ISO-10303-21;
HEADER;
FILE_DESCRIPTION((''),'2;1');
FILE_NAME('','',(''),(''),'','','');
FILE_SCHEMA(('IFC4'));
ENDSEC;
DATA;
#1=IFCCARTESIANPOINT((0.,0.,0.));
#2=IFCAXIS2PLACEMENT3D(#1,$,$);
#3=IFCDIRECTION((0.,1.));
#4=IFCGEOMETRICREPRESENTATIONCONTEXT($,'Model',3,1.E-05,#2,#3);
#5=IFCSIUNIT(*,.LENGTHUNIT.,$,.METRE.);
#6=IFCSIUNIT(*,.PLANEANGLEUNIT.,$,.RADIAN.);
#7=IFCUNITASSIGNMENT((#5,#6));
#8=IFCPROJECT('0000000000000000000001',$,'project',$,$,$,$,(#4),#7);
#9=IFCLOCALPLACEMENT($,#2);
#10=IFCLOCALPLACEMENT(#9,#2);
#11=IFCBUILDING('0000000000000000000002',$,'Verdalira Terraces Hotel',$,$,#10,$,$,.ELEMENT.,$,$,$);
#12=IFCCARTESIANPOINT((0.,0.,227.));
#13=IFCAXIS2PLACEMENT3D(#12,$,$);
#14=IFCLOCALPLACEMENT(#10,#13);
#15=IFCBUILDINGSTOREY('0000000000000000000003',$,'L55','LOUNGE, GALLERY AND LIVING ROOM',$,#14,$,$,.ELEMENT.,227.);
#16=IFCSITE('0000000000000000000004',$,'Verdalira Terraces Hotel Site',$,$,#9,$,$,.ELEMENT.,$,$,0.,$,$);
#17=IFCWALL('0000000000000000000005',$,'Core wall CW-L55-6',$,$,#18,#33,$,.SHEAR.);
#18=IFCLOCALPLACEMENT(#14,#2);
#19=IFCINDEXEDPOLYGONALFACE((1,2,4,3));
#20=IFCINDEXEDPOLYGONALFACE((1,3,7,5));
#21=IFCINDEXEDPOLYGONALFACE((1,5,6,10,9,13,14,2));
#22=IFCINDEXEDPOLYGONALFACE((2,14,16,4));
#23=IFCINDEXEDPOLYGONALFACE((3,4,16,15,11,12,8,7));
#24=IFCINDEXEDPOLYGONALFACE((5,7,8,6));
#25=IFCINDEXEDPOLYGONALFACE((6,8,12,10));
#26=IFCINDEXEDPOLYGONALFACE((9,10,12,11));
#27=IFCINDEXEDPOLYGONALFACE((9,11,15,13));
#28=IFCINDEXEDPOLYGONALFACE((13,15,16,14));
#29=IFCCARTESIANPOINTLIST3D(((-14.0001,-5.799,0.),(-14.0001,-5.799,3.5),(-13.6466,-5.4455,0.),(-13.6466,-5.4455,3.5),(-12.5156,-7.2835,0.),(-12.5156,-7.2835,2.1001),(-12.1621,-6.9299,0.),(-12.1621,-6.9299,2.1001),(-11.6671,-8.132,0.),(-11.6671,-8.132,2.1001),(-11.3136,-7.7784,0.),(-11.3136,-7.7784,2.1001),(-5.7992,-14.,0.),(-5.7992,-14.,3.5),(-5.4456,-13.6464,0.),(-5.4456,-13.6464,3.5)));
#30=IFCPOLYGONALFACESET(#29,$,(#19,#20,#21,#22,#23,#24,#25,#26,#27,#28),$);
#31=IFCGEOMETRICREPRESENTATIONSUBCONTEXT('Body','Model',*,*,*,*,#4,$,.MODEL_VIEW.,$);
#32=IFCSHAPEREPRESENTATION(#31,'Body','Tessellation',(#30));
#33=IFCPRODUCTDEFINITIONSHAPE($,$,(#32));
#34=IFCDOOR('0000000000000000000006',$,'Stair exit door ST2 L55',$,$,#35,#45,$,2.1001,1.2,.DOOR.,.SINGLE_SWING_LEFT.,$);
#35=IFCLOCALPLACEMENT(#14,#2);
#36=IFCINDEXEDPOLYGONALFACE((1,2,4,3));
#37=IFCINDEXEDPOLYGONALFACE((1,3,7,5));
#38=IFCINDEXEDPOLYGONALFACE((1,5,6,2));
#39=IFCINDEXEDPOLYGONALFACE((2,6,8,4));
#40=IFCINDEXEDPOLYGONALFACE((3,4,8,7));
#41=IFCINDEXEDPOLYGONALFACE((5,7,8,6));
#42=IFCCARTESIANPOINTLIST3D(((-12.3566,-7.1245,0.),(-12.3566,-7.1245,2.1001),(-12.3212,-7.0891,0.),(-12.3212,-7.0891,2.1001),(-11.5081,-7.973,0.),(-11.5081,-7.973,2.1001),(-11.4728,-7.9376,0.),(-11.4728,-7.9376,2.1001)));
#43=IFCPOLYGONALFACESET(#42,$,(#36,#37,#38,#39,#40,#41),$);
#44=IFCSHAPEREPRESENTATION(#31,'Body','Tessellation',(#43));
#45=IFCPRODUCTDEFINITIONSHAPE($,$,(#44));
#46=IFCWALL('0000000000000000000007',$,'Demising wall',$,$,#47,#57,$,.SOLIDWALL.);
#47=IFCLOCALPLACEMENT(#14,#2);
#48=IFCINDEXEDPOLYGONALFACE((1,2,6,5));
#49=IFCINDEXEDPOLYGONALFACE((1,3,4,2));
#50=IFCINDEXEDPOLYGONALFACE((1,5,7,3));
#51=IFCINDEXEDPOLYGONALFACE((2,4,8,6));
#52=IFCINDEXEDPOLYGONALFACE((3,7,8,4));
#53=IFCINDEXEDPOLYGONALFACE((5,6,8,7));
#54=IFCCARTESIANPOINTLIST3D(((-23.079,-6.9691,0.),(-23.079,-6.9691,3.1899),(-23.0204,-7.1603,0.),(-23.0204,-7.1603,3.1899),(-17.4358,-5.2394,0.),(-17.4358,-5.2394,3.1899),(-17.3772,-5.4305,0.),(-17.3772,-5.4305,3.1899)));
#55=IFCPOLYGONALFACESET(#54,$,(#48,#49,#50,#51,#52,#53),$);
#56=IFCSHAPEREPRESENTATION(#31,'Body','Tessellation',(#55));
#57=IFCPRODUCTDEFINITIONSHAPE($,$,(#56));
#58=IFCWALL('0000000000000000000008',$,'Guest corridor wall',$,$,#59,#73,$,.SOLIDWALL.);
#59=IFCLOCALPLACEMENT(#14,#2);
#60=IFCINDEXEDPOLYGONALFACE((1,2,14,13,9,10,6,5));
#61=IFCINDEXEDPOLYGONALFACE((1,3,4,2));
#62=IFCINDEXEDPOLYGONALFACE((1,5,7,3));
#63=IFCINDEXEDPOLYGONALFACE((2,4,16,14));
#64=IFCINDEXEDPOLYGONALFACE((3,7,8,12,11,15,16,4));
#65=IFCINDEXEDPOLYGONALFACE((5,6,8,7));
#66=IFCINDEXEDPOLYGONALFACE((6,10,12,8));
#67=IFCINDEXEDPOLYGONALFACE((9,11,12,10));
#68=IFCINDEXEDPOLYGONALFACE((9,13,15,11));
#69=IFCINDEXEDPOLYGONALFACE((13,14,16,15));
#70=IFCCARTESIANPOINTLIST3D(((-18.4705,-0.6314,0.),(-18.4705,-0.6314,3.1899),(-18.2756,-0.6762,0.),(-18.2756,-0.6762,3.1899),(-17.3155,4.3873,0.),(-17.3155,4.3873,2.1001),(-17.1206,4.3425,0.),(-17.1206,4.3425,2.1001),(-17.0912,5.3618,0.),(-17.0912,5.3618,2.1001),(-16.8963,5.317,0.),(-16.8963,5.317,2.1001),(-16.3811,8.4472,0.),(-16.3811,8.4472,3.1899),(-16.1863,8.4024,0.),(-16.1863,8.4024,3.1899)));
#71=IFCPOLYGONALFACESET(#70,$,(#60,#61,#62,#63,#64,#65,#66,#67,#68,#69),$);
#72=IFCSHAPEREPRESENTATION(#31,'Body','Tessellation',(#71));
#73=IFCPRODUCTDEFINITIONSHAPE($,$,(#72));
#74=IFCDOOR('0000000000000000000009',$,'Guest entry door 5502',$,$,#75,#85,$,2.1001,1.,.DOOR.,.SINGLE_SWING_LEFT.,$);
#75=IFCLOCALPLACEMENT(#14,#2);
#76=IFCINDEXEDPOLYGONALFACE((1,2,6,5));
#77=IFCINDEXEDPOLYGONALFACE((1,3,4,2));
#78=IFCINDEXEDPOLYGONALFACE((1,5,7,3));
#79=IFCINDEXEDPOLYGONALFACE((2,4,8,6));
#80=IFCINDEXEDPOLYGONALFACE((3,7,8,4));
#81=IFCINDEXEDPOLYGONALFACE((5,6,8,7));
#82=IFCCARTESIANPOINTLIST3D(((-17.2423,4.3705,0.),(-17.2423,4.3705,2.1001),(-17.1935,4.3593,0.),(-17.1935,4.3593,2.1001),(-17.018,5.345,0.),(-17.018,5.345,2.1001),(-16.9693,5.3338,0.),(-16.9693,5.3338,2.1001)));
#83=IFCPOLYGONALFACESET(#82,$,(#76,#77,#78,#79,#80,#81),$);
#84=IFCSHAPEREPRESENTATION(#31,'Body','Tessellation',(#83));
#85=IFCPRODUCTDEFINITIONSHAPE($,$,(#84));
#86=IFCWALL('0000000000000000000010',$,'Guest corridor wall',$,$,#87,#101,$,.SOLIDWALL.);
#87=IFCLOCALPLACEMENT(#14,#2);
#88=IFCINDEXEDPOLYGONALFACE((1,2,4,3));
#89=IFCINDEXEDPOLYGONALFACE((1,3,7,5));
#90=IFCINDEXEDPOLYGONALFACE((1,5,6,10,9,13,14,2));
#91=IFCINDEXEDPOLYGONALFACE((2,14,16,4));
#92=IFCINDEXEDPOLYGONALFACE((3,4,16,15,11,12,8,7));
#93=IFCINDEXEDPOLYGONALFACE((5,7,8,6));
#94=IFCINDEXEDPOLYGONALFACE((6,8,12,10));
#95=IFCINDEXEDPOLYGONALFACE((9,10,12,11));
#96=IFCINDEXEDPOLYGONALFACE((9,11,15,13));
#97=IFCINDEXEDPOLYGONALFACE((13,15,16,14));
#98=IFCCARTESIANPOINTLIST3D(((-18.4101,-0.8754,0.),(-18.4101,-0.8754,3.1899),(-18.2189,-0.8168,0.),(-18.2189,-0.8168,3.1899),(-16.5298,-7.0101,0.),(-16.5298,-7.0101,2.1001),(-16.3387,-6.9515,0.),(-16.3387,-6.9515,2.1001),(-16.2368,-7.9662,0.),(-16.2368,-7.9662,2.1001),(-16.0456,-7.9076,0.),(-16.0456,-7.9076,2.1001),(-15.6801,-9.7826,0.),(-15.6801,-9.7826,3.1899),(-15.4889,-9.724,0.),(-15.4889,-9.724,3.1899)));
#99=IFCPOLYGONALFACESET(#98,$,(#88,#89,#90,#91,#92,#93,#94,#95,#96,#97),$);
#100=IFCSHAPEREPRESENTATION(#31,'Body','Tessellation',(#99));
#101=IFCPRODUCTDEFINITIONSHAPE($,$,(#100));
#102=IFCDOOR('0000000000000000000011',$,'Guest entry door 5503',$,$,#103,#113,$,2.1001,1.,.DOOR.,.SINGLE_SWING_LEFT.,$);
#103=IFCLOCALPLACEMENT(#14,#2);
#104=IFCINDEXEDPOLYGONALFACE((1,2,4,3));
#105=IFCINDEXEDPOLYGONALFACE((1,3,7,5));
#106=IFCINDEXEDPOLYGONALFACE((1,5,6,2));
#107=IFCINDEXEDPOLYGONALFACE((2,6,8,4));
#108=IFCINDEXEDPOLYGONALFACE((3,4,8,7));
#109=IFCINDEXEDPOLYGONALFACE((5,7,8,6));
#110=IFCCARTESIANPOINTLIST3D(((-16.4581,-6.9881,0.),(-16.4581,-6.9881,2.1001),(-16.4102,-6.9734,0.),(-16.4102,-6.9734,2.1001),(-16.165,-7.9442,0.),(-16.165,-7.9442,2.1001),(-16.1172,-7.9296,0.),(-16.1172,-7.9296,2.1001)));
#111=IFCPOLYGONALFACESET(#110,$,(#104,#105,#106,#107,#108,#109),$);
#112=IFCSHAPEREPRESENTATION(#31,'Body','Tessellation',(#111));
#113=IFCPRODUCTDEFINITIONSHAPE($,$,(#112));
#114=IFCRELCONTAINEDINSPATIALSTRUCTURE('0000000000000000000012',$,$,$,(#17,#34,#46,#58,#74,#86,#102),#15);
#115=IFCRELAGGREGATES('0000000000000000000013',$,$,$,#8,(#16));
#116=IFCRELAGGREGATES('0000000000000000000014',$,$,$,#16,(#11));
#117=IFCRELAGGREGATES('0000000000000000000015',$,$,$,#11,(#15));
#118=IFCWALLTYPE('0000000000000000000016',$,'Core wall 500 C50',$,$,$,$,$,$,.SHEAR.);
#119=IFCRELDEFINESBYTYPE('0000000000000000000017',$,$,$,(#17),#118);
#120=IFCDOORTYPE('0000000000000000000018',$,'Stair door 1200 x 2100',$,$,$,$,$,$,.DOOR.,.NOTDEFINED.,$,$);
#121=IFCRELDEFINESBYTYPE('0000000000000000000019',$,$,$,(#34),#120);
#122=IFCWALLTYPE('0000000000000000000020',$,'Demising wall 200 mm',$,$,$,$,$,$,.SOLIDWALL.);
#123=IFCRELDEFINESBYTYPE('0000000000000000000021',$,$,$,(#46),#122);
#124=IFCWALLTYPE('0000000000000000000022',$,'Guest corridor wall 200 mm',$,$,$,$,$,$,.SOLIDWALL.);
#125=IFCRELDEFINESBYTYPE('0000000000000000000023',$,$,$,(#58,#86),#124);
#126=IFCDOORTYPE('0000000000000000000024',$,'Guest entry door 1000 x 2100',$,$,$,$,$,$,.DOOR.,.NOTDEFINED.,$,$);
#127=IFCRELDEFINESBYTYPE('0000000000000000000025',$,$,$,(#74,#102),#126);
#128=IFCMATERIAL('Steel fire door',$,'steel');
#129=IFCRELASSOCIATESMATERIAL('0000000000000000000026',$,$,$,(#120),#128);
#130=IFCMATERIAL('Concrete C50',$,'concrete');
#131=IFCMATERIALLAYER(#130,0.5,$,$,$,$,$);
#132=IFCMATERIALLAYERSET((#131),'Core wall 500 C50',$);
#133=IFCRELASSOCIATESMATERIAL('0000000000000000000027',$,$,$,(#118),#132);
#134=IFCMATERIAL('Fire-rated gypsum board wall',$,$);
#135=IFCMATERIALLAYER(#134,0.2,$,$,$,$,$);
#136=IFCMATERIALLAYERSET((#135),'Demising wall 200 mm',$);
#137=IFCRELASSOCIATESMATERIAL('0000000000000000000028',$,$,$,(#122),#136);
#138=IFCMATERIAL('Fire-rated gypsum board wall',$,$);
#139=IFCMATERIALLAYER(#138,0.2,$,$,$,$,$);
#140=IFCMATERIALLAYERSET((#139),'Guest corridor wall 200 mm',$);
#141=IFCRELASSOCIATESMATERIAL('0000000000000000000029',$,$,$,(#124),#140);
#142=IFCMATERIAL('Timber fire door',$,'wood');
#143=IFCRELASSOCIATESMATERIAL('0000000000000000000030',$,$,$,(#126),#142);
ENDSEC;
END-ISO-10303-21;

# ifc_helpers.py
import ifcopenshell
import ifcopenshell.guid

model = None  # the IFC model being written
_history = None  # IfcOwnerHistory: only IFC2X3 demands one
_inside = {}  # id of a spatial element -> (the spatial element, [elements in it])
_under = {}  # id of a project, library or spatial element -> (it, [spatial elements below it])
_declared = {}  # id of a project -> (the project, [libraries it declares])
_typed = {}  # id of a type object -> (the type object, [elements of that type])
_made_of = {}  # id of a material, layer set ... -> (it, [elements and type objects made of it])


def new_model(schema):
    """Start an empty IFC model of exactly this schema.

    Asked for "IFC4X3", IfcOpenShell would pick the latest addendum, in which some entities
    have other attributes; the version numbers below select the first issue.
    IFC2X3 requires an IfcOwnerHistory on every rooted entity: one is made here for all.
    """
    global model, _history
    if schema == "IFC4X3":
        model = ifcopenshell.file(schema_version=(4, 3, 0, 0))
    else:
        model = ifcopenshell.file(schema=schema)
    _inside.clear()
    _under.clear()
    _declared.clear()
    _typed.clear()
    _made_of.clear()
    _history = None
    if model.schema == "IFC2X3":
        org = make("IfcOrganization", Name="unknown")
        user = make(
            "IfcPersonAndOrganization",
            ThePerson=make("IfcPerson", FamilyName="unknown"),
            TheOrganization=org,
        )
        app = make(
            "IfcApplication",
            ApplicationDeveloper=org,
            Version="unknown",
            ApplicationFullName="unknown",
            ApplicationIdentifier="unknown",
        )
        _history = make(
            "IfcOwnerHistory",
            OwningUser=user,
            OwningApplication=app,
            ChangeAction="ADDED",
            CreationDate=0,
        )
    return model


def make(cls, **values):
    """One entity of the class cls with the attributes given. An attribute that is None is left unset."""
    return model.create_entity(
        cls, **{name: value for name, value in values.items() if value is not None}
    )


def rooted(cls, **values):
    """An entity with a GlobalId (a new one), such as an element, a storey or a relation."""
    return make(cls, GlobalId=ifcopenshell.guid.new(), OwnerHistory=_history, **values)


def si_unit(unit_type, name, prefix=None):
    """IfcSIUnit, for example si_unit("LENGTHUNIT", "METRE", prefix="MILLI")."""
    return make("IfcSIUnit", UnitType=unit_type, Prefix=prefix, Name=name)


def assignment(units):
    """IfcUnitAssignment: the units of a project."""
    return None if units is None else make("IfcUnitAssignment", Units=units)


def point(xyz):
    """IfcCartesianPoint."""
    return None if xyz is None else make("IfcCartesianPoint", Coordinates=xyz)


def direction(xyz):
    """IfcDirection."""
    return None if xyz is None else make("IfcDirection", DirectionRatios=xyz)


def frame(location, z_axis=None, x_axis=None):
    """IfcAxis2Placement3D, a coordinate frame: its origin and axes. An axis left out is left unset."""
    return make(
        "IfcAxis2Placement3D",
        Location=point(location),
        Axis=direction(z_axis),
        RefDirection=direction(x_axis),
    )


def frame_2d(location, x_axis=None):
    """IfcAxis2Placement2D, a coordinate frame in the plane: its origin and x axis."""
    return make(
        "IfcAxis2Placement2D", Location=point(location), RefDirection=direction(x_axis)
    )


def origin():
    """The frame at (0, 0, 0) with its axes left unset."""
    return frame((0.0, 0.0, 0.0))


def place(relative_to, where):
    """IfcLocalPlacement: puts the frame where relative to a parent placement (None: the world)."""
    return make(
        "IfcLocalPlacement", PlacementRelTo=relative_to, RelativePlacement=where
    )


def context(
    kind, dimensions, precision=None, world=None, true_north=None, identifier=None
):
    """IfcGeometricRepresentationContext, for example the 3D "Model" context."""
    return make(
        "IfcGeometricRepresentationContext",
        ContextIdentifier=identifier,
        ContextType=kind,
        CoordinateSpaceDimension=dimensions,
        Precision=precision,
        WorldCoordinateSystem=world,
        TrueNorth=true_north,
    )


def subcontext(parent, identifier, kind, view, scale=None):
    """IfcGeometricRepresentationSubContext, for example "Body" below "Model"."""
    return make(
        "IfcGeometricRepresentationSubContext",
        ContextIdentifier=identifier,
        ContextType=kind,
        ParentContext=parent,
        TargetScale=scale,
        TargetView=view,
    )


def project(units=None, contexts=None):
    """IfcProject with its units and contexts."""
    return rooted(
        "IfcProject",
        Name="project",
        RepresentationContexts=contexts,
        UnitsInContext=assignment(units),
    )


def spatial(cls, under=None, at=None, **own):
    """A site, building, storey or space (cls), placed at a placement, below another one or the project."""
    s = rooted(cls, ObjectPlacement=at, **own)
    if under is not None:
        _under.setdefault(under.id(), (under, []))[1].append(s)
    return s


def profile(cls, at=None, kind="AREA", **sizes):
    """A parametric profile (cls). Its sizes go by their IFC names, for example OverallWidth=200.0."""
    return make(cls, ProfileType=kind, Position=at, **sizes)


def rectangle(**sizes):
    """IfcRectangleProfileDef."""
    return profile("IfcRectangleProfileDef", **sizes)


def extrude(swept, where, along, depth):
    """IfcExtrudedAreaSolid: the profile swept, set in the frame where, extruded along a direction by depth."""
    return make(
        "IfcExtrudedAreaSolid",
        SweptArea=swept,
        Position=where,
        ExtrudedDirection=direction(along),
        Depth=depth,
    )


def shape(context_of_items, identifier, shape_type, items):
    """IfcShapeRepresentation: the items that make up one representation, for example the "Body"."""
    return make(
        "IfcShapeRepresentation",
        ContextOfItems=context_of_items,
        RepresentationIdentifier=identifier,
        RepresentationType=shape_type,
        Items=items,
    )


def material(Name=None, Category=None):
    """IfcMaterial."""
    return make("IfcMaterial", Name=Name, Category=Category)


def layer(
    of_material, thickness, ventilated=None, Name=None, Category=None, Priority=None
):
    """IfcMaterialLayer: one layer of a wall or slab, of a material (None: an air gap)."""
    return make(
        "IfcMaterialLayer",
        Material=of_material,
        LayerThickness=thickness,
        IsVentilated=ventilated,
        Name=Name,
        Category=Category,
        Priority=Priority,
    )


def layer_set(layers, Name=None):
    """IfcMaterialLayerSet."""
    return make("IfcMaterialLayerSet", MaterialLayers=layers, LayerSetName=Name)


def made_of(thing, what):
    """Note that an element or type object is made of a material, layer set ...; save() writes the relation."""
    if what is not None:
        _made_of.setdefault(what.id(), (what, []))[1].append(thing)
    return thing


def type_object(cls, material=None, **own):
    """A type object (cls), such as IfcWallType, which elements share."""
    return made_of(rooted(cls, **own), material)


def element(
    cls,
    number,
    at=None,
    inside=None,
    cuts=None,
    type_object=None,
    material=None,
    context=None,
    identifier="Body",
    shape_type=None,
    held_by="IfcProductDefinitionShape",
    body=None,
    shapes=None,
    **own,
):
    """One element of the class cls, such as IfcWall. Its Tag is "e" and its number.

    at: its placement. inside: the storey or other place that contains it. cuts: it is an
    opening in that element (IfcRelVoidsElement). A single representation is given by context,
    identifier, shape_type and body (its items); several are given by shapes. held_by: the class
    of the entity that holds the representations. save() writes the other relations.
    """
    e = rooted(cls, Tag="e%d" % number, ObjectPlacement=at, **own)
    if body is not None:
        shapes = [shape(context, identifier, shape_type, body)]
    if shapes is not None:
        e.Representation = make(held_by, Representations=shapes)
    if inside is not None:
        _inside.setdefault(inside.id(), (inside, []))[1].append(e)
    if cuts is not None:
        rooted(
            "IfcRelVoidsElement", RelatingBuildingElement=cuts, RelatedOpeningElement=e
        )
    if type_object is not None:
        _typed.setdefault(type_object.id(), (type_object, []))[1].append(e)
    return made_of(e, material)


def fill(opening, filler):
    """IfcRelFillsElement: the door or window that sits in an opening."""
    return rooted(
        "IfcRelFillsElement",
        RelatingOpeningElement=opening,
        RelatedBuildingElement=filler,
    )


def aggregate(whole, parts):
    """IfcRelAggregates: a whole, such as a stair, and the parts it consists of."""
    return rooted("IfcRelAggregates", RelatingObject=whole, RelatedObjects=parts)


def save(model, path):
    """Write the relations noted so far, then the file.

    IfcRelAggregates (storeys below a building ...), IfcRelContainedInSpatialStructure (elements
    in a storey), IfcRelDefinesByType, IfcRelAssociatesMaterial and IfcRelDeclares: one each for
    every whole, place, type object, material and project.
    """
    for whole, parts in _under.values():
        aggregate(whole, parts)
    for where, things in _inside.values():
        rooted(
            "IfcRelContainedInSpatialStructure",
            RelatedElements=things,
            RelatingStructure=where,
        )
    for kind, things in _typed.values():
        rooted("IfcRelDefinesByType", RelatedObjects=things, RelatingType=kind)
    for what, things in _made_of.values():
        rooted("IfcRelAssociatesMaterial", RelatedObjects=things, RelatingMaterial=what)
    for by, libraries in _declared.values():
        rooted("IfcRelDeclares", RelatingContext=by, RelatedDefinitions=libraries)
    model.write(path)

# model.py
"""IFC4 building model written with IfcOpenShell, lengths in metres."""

from ifc_helpers import new_model, si_unit, direction, frame, frame_2d, origin, place, context, subcontext, project, spatial, rectangle, extrude, material, layer, layer_set, type_object, element, fill, save


model = new_model("IFC4")

# Units and contexts
model_context = context("Model", 3, precision=1e-05, world=origin(), true_north=direction((0.0, 1.0)))
body_context = subcontext(model_context, "Body", "Model", "MODEL_VIEW")
ifc_project = project(units=[si_unit("LENGTHUNIT", "METRE"), si_unit("PLANEANGLEUNIT", "RADIAN")], contexts=[model_context])

# Site, building, storey
site_placement = place(None, origin())
site = spatial("IfcSite", under=ifc_project, at=site_placement, Name="Verdalira Terraces Hotel Site", CompositionType="ELEMENT", RefElevation=0.0)
building_placement = place(site_placement, origin())
building = spatial("IfcBuilding", under=site, at=building_placement, Name="Verdalira Terraces Hotel", CompositionType="ELEMENT")
storey_placement = place(building_placement, frame((0.0, 0.0, 227.0)))
storey = spatial("IfcBuildingStorey", under=building, at=storey_placement, Name="L55", Description="LOUNGE, GALLERY AND LIVING ROOM", CompositionType="ELEMENT", Elevation=227.0)

# Shared definitions
ifc_material_1 = material(Name="Steel fire door", Category="steel")
door_type_1 = type_object("IfcDoorType", Name="Stair door 1200 x 2100", OperationType="NOTDEFINED", PredefinedType="DOOR", material=ifc_material_1)

# Wall, opening, door
ifc_material_2 = material(Name="Concrete C50", Category="concrete")
ifc_layer_1 = layer(ifc_material_2, 0.5)
ifc_layer_set_1 = layer_set([ifc_layer_1], Name="Core wall 500 C50")
wall_type_1 = type_object("IfcWallType", Name="Core wall 500 C50", PredefinedType="SHEAR", material=ifc_layer_set_1)
wall_1_placement = place(storey_placement, frame((-13.8232, -5.6223, 0.0), z_axis=(0.0, 0.0, 1.0), x_axis=(0.707107, -0.707107, 0.0)))
wall_1 = element("IfcWall", 1, at=wall_1_placement, inside=storey, type_object=wall_type_1, Name="Core wall CW-L55-6", PredefinedType="SHEAR", context=body_context, shape_type="SweptSolid", body=[
    extrude(rectangle(XDim=11.5979, YDim=0.5, at=frame_2d((5.7988, 0.0))), origin(), (0.0, 0.0, 1.0), 3.5),
])
opening_1_placement = place(wall_1_placement, frame((2.0991, 0.0, 0.0)))
opening_1 = element("IfcOpeningElement", 2, at=opening_1_placement, cuts=wall_1, PredefinedType="OPENING", context=body_context, shape_type="SweptSolid", body=[
    extrude(rectangle(XDim=1.2, YDim=2.1001, at=frame_2d((0.6001, 1.05))), frame((0.0, 0.26, 0.0), z_axis=(0.0, -1.0, 0.0), x_axis=(1.0, 0.0, 0.0)), (0.0, 0.0, 1.0), 0.52),
])
door_1_placement = place(opening_1_placement, origin())
door_1 = element("IfcDoor", 3, at=door_1_placement, inside=storey, type_object=door_type_1, Name="Stair exit door ST2 L55", OperationType="SINGLE_SWING_LEFT", OverallHeight=2.1001, OverallWidth=1.2, PredefinedType="DOOR", context=body_context, shape_type="SweptSolid", body=[
    extrude(rectangle(XDim=1.2, YDim=2.1001, at=frame_2d((0.6001, 1.05))), frame((0.0, 0.0249, 0.0), z_axis=(0.0, -1.0, 0.0), x_axis=(1.0, 0.0, 0.0)), (0.0, 0.0, 1.0), 0.05),
])
fill(opening_1, door_1)

# Wall
ifc_material_3 = material(Name="Fire-rated gypsum board wall")
ifc_layer_2 = layer(ifc_material_3, 0.2)
ifc_layer_set_2 = layer_set([ifc_layer_2], Name="Demising wall 200 mm")
wall_type_2 = type_object("IfcWallType", Name="Demising wall 200 mm", PredefinedType="SOLIDWALL", material=ifc_layer_set_2)
wall_2_placement = place(storey_placement, frame((-17.4065, -5.335, 0.0), z_axis=(0.0, 0.0, 1.0), x_axis=(-0.956096, -0.293054, 0.0)))
element("IfcWall", 4, at=wall_2_placement, inside=storey, type_object=wall_type_2, Name="Demising wall", PredefinedType="SOLIDWALL", context=body_context, shape_type="SweptSolid", body=[
    extrude(rectangle(XDim=5.9023, YDim=0.2, at=frame_2d((2.9512, 0.0))), origin(), (0.0, 0.0, 1.0), 3.1899),
])

# Walls, openings, doors
ifc_material_4 = material(Name="Fire-rated gypsum board wall")
ifc_layer_3 = layer(ifc_material_4, 0.2)
ifc_layer_set_3 = layer_set([ifc_layer_3], Name="Guest corridor wall 200 mm")
wall_type_3 = type_object("IfcWallType", Name="Guest corridor wall 200 mm", PredefinedType="SOLIDWALL", material=ifc_layer_set_3)
wall_3_placement = place(storey_placement, frame((-18.373, -0.6538, 0.0), z_axis=(0.0, 0.0, 1.0), x_axis=(0.224278, 0.974525, 0.0)))
wall_3 = element("IfcWall", 5, at=wall_3_placement, inside=storey, type_object=wall_type_3, Name="Guest corridor wall", PredefinedType="SOLIDWALL", context=body_context, shape_type="SweptSolid", body=[
    extrude(rectangle(XDim=9.3159, YDim=0.2, at=frame_2d((4.658, 0.0))), origin(), (0.0, 0.0, 1.0), 3.1899),
])
opening_2_placement = place(wall_3_placement, frame((5.1499, 0.0, 0.0)))
opening_2 = element("IfcOpeningElement", 6, at=opening_2_placement, cuts=wall_3, PredefinedType="OPENING", context=body_context, shape_type="SweptSolid", body=[
    extrude(rectangle(XDim=1.0, YDim=2.1001, at=frame_2d((0.5, 1.05))), frame((0.0, 0.1099, 0.0), z_axis=(0.0, -1.0, 0.0), x_axis=(1.0, 0.0, 0.0)), (0.0, 0.0, 1.0), 0.22),
])
ifc_material_5 = material(Name="Timber fire door", Category="wood")
door_type_2 = type_object("IfcDoorType", Name="Guest entry door 1000 x 2100", OperationType="NOTDEFINED", PredefinedType="DOOR", material=ifc_material_5)
door_2_placement = place(opening_2_placement, origin())
door_2 = element("IfcDoor", 7, at=door_2_placement, inside=storey, type_object=door_type_2, Name="Guest entry door 5502", OperationType="SINGLE_SWING_LEFT", OverallHeight=2.1001, OverallWidth=1.0, PredefinedType="DOOR", context=body_context, shape_type="SweptSolid", body=[
    extrude(rectangle(XDim=1.0, YDim=2.1001, at=frame_2d((0.5, 1.05))), frame((0.0, 0.0249, 0.0), z_axis=(0.0, -1.0, 0.0), x_axis=(1.0, 0.0, 0.0)), (0.0, 0.0, 1.0), 0.05),
])
fill(opening_2, door_2)
wall_4_placement = place(storey_placement, frame((-15.5845, -9.7534, 0.0), z_axis=(0.0, 0.0, 1.0), x_axis=(-0.293036, 0.956101, 0.0)))
wall_4 = element("IfcWall", 8, at=wall_4_placement, inside=storey, type_object=wall_type_3, Name="Guest corridor wall", PredefinedType="SOLIDWALL", context=body_context, shape_type="SweptSolid", body=[
    extrude(rectangle(XDim=9.3162, YDim=0.2, at=frame_2d((4.6582, 0.0))), origin(), (0.0, 0.0, 1.0), 3.1899),
])
opening_3_placement = place(wall_4_placement, frame((1.8999, 0.0, 0.0)))
opening_3 = element("IfcOpeningElement", 9, at=opening_3_placement, cuts=wall_4, PredefinedType="OPENING", context=body_context, shape_type="SweptSolid", body=[
    extrude(rectangle(XDim=1.0, YDim=2.1001, at=frame_2d((0.5, 1.05))), frame((0.0, 0.1099, 0.0), z_axis=(0.0, -1.0, 0.0), x_axis=(1.0, 0.0, 0.0)), (0.0, 0.0, 1.0), 0.22),
])
door_3_placement = place(opening_3_placement, origin())
door_3 = element("IfcDoor", 10, at=door_3_placement, inside=storey, type_object=door_type_2, Name="Guest entry door 5503", OperationType="SINGLE_SWING_LEFT", OverallHeight=2.1001, OverallWidth=1.0, PredefinedType="DOOR", context=body_context, shape_type="SweptSolid", body=[
    extrude(rectangle(XDim=1.0, YDim=2.1001, at=frame_2d((0.5, 1.05))), frame((0.0, 0.0249, 0.0), z_axis=(0.0, -1.0, 0.0), x_axis=(1.0, 0.0, 0.0)), (0.0, 0.0, 1.0), 0.05),
])
fill(opening_3, door_3)

save(model, "model.ifc")
